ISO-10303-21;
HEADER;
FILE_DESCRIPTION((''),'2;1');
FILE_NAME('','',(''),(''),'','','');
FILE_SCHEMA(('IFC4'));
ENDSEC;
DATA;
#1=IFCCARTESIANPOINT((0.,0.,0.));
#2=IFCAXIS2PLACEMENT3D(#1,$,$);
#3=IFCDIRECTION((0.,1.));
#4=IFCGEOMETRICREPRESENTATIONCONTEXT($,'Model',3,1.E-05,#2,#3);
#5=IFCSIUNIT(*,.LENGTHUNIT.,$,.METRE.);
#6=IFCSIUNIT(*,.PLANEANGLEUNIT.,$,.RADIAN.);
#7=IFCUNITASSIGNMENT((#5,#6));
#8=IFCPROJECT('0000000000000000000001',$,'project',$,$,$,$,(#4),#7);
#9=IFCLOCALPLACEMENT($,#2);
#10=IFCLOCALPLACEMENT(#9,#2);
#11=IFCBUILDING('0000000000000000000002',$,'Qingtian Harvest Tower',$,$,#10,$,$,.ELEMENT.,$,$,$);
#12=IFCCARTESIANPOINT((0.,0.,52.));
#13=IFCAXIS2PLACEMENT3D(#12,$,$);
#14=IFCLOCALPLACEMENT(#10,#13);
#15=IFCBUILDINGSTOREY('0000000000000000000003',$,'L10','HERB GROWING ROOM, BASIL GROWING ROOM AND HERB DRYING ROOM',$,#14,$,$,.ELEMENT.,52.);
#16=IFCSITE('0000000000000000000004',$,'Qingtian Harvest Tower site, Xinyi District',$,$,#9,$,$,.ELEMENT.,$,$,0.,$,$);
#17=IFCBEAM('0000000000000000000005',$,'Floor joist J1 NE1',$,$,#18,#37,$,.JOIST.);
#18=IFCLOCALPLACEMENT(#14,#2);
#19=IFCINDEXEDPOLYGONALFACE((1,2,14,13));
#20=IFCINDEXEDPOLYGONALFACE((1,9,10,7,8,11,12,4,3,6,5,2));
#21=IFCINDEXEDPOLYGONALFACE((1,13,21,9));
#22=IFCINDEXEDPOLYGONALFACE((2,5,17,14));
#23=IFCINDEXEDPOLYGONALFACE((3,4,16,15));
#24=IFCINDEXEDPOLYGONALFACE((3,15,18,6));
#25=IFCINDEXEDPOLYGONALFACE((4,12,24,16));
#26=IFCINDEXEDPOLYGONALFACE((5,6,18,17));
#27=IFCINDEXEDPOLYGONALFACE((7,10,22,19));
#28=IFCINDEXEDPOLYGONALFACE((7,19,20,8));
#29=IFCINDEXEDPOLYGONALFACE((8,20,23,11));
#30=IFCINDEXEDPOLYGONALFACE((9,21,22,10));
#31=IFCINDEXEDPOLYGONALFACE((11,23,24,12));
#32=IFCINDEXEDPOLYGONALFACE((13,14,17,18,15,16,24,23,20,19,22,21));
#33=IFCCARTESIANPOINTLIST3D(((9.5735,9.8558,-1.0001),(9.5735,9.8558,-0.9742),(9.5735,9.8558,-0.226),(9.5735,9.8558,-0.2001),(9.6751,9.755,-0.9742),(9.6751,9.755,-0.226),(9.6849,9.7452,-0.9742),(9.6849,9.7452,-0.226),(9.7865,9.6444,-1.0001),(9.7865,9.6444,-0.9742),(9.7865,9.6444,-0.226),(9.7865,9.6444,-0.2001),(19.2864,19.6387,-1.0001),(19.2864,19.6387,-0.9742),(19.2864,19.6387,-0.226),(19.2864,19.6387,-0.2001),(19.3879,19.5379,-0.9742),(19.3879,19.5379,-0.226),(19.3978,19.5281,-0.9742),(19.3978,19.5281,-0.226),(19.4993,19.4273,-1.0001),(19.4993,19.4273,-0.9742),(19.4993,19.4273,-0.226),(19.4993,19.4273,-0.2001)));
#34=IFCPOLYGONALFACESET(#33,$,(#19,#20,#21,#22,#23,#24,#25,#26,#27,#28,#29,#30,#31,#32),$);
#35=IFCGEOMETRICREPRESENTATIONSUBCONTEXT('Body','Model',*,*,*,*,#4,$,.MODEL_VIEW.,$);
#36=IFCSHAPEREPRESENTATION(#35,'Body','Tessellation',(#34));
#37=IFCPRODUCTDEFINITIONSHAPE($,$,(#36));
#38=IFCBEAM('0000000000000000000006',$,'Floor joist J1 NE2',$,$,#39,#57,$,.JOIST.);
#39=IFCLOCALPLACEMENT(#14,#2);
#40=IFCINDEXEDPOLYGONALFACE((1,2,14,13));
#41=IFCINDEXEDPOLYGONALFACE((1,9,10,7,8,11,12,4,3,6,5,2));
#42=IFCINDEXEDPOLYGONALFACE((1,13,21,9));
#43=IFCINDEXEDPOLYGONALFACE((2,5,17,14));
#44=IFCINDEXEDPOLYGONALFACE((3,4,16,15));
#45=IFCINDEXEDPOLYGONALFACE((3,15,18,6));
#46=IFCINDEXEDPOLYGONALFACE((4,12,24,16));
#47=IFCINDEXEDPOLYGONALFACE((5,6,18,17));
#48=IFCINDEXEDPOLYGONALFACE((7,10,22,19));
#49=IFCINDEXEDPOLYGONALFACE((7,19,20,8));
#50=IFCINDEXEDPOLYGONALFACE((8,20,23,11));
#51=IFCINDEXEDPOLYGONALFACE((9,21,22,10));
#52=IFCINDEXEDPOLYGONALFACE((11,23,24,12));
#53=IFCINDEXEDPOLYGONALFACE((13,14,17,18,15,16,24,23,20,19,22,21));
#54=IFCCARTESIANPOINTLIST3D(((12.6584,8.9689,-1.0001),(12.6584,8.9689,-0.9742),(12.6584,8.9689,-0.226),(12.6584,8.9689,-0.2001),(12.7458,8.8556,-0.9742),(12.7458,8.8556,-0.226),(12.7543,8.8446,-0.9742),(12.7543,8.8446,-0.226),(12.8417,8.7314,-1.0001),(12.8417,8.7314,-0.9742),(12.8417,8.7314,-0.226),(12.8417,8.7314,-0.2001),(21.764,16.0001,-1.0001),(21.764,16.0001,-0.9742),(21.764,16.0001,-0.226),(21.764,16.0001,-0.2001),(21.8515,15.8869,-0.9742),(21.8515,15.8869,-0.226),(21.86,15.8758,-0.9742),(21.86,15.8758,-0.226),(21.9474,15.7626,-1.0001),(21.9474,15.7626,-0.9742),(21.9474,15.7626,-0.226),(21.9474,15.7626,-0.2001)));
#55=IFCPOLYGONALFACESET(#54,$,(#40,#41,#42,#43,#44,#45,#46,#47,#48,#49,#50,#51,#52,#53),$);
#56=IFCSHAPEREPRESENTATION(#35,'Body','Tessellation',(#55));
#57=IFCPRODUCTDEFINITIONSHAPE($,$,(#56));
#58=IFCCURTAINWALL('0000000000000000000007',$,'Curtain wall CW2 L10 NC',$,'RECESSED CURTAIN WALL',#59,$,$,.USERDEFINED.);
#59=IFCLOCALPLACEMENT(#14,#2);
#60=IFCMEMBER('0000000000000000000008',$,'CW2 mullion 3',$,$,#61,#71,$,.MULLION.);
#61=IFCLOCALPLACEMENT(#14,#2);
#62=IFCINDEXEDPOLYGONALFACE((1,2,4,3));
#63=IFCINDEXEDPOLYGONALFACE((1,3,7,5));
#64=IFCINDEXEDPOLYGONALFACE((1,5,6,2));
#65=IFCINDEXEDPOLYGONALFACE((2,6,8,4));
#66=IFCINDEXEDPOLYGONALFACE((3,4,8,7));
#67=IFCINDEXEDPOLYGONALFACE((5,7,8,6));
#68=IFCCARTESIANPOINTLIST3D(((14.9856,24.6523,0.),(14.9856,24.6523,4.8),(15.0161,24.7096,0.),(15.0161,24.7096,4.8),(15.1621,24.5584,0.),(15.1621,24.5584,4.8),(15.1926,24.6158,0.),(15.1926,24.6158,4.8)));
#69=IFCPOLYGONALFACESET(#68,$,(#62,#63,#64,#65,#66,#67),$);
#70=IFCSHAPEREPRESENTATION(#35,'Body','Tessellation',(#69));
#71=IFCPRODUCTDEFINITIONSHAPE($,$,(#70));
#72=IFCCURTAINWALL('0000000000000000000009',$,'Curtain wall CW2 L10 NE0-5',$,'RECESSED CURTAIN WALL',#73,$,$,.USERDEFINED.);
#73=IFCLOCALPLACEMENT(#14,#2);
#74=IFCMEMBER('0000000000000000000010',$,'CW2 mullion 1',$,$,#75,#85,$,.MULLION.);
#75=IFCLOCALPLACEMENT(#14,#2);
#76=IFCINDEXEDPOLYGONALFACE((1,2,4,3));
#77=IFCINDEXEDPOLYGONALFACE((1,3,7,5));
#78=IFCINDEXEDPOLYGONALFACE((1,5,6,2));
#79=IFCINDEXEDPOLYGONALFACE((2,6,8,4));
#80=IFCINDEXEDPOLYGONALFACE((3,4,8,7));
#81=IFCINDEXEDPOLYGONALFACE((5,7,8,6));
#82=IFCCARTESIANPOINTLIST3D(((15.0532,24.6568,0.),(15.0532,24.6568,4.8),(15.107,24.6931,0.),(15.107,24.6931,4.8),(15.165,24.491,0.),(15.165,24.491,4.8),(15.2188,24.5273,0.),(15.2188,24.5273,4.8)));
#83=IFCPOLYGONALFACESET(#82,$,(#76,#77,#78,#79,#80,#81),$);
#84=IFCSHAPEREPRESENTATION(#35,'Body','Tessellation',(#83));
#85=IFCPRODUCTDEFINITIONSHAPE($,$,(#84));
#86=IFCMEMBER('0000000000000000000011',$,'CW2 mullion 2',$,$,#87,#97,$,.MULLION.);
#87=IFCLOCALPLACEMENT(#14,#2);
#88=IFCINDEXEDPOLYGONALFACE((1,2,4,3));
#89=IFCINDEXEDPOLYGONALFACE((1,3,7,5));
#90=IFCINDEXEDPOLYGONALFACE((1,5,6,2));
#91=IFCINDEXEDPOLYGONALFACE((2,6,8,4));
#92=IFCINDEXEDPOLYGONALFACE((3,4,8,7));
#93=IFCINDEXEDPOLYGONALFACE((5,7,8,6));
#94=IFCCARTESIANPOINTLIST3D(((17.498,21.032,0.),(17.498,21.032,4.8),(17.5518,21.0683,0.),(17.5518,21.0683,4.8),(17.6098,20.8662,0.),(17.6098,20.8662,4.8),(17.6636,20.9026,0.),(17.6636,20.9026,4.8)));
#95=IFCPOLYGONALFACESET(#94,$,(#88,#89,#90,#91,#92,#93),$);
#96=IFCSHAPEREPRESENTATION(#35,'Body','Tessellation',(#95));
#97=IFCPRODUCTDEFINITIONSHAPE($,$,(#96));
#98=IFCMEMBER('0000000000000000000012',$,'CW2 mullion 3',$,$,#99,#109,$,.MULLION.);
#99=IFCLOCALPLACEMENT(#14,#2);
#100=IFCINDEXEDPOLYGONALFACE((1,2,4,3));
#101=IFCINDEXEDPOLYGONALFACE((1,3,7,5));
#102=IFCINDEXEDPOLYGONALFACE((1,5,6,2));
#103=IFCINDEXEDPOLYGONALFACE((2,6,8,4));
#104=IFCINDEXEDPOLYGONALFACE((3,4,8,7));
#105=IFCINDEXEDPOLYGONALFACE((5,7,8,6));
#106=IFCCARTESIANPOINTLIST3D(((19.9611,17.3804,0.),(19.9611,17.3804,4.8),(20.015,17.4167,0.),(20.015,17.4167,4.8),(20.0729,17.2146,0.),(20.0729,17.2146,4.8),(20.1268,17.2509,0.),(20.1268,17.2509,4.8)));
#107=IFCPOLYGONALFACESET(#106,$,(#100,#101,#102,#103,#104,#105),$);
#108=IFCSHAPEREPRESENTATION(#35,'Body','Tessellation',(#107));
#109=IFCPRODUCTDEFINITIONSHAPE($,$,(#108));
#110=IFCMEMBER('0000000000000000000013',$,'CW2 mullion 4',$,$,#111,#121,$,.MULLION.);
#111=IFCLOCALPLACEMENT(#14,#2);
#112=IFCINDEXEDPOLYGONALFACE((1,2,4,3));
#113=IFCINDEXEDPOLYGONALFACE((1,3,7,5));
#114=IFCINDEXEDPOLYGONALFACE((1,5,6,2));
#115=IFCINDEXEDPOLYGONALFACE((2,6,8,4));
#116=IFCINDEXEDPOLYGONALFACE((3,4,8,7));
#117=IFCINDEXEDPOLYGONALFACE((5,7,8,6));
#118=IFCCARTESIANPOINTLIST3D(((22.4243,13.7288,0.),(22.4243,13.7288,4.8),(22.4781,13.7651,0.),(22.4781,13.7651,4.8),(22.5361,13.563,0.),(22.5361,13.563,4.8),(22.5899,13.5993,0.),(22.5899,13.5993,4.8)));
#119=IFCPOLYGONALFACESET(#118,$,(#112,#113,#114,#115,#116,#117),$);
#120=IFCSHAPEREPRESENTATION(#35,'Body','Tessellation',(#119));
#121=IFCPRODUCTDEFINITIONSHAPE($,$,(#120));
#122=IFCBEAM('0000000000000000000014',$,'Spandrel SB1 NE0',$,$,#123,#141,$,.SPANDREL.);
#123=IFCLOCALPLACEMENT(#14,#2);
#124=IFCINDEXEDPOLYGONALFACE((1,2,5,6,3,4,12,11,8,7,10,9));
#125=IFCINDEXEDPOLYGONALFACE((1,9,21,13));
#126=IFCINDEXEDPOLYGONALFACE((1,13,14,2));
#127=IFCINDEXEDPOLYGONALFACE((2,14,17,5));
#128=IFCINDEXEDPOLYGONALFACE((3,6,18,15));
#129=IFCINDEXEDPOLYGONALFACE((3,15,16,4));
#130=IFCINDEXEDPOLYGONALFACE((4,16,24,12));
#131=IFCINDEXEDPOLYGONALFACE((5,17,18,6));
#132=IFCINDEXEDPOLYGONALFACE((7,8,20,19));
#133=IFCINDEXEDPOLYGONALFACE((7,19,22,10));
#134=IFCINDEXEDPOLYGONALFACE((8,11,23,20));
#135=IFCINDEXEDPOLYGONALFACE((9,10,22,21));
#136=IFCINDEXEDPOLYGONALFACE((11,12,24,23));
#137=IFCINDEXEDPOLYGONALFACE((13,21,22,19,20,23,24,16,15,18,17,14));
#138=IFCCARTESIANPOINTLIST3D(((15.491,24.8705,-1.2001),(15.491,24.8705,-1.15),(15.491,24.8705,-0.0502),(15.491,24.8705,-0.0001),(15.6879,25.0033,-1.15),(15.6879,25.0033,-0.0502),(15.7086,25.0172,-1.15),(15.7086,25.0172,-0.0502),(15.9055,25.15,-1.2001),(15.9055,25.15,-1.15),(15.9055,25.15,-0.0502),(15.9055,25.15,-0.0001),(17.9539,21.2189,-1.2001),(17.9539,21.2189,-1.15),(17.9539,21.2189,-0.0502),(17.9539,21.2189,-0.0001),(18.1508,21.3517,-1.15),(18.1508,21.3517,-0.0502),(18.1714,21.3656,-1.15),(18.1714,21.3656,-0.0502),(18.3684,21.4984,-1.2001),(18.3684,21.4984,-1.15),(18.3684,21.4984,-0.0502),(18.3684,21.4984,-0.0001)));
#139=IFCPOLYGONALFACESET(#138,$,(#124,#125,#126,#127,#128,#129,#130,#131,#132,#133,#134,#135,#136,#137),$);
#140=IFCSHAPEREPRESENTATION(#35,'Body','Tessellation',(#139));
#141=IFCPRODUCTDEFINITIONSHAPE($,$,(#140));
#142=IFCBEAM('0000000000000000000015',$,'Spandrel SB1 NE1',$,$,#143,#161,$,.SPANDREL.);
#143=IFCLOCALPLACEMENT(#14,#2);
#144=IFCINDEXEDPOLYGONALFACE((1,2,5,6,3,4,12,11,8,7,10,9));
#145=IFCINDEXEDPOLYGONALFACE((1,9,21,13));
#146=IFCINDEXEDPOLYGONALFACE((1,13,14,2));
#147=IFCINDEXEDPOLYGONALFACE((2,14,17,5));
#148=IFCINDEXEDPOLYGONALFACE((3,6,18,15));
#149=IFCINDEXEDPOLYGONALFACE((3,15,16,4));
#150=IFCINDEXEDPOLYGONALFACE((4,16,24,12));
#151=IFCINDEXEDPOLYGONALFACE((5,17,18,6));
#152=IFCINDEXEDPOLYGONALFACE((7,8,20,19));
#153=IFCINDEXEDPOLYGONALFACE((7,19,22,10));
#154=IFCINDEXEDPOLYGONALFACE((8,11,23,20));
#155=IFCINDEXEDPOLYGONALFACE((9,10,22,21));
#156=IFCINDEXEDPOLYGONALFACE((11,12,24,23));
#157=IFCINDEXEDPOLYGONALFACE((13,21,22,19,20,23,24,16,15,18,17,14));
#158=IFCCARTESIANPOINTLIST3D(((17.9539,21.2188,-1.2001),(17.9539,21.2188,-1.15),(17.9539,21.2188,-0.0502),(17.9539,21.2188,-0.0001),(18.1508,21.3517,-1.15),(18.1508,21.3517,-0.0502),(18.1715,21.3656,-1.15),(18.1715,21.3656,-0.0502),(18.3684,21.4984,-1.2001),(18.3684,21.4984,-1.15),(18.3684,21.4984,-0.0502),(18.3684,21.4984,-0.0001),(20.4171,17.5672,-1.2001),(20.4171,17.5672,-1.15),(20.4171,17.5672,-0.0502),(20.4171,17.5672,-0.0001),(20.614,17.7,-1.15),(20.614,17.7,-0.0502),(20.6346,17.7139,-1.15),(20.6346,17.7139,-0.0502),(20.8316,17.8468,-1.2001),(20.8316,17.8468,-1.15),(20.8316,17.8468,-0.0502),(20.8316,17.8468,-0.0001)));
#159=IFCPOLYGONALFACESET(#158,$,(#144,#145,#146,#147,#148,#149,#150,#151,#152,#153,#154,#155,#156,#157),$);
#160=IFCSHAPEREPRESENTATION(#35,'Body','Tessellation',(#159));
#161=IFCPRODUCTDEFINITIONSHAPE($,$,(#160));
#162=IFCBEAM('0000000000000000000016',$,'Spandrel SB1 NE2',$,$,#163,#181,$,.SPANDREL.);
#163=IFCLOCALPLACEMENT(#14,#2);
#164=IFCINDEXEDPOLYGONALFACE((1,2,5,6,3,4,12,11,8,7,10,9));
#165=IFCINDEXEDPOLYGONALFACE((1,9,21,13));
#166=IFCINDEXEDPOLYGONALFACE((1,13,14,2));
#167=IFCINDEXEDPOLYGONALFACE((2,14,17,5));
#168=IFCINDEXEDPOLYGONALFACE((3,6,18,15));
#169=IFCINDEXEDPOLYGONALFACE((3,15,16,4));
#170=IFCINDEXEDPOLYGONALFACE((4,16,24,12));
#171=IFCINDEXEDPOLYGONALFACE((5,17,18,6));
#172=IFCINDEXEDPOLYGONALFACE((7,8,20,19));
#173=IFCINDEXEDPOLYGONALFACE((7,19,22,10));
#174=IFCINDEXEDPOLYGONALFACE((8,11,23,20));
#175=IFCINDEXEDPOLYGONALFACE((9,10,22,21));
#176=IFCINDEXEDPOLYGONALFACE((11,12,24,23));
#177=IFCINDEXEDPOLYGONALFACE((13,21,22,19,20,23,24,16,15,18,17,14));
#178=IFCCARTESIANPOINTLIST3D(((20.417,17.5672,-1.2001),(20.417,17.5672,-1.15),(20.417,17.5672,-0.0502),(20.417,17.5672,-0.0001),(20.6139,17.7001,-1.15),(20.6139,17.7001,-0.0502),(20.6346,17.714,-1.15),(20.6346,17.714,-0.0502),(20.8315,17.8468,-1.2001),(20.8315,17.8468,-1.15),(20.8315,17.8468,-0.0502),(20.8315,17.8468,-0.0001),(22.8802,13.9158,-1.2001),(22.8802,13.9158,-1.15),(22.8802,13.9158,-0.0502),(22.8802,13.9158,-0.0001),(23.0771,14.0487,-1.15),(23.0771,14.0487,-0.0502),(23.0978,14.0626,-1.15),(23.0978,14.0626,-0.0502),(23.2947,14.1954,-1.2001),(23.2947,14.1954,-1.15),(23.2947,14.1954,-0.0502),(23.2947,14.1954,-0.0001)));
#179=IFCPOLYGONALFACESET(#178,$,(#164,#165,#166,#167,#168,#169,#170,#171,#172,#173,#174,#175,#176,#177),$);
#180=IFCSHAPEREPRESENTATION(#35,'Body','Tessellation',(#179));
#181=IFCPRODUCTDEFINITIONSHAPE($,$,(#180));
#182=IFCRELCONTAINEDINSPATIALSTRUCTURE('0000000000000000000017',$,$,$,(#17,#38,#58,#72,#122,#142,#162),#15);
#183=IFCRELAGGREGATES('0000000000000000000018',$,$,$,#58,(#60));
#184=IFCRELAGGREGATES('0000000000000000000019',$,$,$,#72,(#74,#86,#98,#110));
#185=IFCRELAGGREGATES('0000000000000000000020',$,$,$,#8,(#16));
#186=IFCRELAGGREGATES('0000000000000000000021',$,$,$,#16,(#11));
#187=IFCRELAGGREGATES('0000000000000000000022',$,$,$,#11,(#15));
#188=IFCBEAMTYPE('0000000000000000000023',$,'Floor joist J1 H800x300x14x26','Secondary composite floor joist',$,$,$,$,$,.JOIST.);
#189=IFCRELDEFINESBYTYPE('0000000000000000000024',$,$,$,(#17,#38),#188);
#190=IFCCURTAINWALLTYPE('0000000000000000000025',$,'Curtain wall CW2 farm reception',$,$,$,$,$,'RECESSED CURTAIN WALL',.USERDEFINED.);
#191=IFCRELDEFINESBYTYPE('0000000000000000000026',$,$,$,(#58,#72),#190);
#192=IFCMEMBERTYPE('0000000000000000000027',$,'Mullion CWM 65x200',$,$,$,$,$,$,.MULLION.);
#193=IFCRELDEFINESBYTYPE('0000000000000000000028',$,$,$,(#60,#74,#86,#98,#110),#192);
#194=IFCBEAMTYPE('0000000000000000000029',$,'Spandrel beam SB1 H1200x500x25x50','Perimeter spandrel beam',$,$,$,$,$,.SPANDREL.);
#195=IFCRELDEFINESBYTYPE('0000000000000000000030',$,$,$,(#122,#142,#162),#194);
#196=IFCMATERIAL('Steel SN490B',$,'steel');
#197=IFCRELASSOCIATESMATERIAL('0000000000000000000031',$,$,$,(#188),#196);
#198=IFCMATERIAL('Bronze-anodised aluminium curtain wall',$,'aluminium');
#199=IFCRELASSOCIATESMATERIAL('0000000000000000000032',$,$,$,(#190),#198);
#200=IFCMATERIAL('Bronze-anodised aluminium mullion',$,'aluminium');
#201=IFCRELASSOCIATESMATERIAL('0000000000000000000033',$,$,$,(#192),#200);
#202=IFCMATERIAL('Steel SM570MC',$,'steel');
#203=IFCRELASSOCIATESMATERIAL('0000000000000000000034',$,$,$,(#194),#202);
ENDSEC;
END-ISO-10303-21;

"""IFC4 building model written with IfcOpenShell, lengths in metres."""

from ifc_helpers import new_model, si_unit, direction, frame, origin, origin_2d, place, context, subcontext, project, spatial, rectangle, i_section, extrude, material, material_profile, profile_set, type_object, element, aggregate, save


model = new_model("IFC4")

# Units and contexts
model_context = context("Model", 3, precision=1e-05, world=origin(), true_north=direction((0.0, 1.0)))
body_context = subcontext(model_context, "Body", "Model", "MODEL_VIEW")
ifc_project = project(units=[si_unit("LENGTHUNIT", "METRE"), si_unit("PLANEANGLEUNIT", "RADIAN")], contexts=[model_context])

# Site, building, storey
site_placement = place(None, origin())
site = spatial("IfcSite", under=ifc_project, at=site_placement, Name="Qingtian Harvest Tower site, Xinyi District", CompositionType="ELEMENT", RefElevation=0.0)
building_placement = place(site_placement, origin())
building = spatial("IfcBuilding", under=site, at=building_placement, Name="Qingtian Harvest Tower", CompositionType="ELEMENT")
storey_placement = place(building_placement, frame((0.0, 0.0, 52.0)))
storey = spatial("IfcBuildingStorey", under=building, at=storey_placement, Name="L10", Description="HERB GROWING ROOM, BASIL GROWING ROOM AND HERB DRYING ROOM", CompositionType="ELEMENT", Elevation=52.0)

# Beams
ifc_material_1 = material(Name="Steel SN490B", Category="steel")
ifc_material_profile_1 = material_profile(ifc_material_1, i_section(OverallWidth=0.3, OverallDepth=0.8, WebThickness=0.0139, FlangeThickness=0.0259, at=origin_2d()), Name="H800x300x14x26")
ifc_profile_set_1 = profile_set([ifc_material_profile_1], Name="Steel SN490B")
beam_type_1 = type_object("IfcBeamType", Name="Floor joist J1 H800x300x14x26", Description="Secondary composite floor joist", PredefinedType="JOIST", material=ifc_profile_set_1)
beam_1_placement = place(storey_placement, frame((19.3928, 19.533, -0.6001), z_axis=(-0.704561, -0.709644, 0.0), x_axis=(0.709644, -0.704561, 0.0)))
element("IfcBeam", 1, at=beam_1_placement, inside=storey, type_object=beam_type_1, Name="Floor joist J1 NE1", PredefinedType="JOIST", context=body_context, shape_type="SweptSolid", body=[
    extrude(i_section(OverallWidth=0.3, OverallDepth=0.8, WebThickness=0.0139, FlangeThickness=0.0259, at=origin_2d()), origin(), (0.0, 0.0, 1.0), 13.7856),
])
beam_2_placement = place(storey_placement, frame((21.8557, 15.8813, -0.6001), z_axis=(-0.791495, -0.611176, 0.0), x_axis=(0.611176, -0.791495, 0.0)))
element("IfcBeam", 2, at=beam_2_placement, inside=storey, type_object=beam_type_1, Name="Floor joist J1 NE2", PredefinedType="JOIST", context=body_context, shape_type="SweptSolid", body=[
    extrude(i_section(OverallWidth=0.3, OverallDepth=0.8, WebThickness=0.0139, FlangeThickness=0.0259, at=origin_2d()), origin(), (0.0, 0.0, 1.0), 11.5044),
])

# Curtain wall, member
ifc_material_2 = material(Name="Bronze-anodised aluminium curtain wall", Category="aluminium")
curtain_wall_type = type_object("IfcCurtainWallType", Name="Curtain wall CW2 farm reception", ElementType="RECESSED CURTAIN WALL", PredefinedType="USERDEFINED", material=ifc_material_2)
curtain_wall_1_placement = place(storey_placement, origin())
curtain_wall_1 = element("IfcCurtainWall", 3, at=curtain_wall_1_placement, inside=storey, type_object=curtain_wall_type, Name="Curtain wall CW2 L10 NC", ObjectType="RECESSED CURTAIN WALL", PredefinedType="USERDEFINED")
ifc_material_3 = material(Name="Bronze-anodised aluminium mullion", Category="aluminium")
ifc_material_profile_2 = material_profile(ifc_material_3, rectangle(XDim=0.0649, YDim=0.2, at=origin_2d()), Name="AL 65x200")
ifc_profile_set_2 = profile_set([ifc_material_profile_2], Name="Bronze-anodised aluminium mullion")
member_type_1 = type_object("IfcMemberType", Name="Mullion CWM 65x200", PredefinedType="MULLION", material=ifc_profile_set_2)
member_1_placement = place(storey_placement, frame((15.0891, 24.634, 0.0), z_axis=(0.0, 0.0, 1.0), x_axis=(0.469472, 0.882948, 0.0)))
member_1 = element("IfcMember", 4, at=member_1_placement, type_object=member_type_1, Name="CW2 mullion 3", PredefinedType="MULLION", context=body_context, shape_type="SweptSolid", body=[
    extrude(rectangle(XDim=0.0649, YDim=0.2, at=origin_2d()), origin(), (0.0, 0.0, 1.0), 4.8),
])

# Curtain wall, members
curtain_wall_2_placement = place(storey_placement, origin())
curtain_wall_2 = element("IfcCurtainWall", 5, at=curtain_wall_2_placement, inside=storey, type_object=curtain_wall_type, Name="Curtain wall CW2 L10 NE0-5", ObjectType="RECESSED CURTAIN WALL", PredefinedType="USERDEFINED")
member_2_placement = place(storey_placement, frame((15.136, 24.592, 0.0), z_axis=(0.0, 0.0, 1.0), x_axis=(0.829038, 0.559193, 0.0)))
member_2 = element("IfcMember", 6, at=member_2_placement, type_object=member_type_1, Name="CW2 mullion 1", PredefinedType="MULLION", context=body_context, shape_type="SweptSolid", body=[
    extrude(rectangle(XDim=0.0649, YDim=0.2, at=origin_2d()), origin(), (0.0, 0.0, 1.0), 4.8),
])
member_3_placement = place(storey_placement, frame((17.5808, 20.9673, 0.0), z_axis=(0.0, 0.0, 1.0), x_axis=(0.829038, 0.559193, 0.0)))
member_3 = element("IfcMember", 7, at=member_3_placement, type_object=member_type_1, Name="CW2 mullion 2", PredefinedType="MULLION", context=body_context, shape_type="SweptSolid", body=[
    extrude(rectangle(XDim=0.0649, YDim=0.2, at=origin_2d()), origin(), (0.0, 0.0, 1.0), 4.8),
])
member_4_placement = place(storey_placement, frame((20.0439, 17.3157, 0.0), z_axis=(0.0, 0.0, 1.0), x_axis=(0.829038, 0.559193, 0.0)))
member_4 = element("IfcMember", 8, at=member_4_placement, type_object=member_type_1, Name="CW2 mullion 3", PredefinedType="MULLION", context=body_context, shape_type="SweptSolid", body=[
    extrude(rectangle(XDim=0.0649, YDim=0.2, at=origin_2d()), origin(), (0.0, 0.0, 1.0), 4.8),
])
member_5_placement = place(storey_placement, frame((22.5071, 13.6641, 0.0), z_axis=(0.0, 0.0, 1.0), x_axis=(0.829038, 0.559193, 0.0)))
member_5 = element("IfcMember", 9, at=member_5_placement, type_object=member_type_1, Name="CW2 mullion 4", PredefinedType="MULLION", context=body_context, shape_type="SweptSolid", body=[
    extrude(rectangle(XDim=0.0649, YDim=0.2, at=origin_2d()), origin(), (0.0, 0.0, 1.0), 4.8),
])

# Beams
ifc_material_4 = material(Name="Steel SM570MC", Category="steel")
ifc_material_profile_3 = material_profile(ifc_material_4, i_section(OverallWidth=0.5, OverallDepth=1.2, WebThickness=0.0249, FlangeThickness=0.05, at=origin_2d()), Name="H1200x500x25x50")
ifc_profile_set_3 = profile_set([ifc_material_profile_3], Name="Steel SM570MC")
beam_type_2 = type_object("IfcBeamType", Name="Spandrel beam SB1 H1200x500x25x50", Description="Perimeter spandrel beam", PredefinedType="SPANDREL", material=ifc_profile_set_3)
beam_3_placement = place(storey_placement, frame((15.6982, 25.0103, -0.6001), z_axis=(0.559169, -0.829054, 0.0), x_axis=(0.829054, 0.559169, 0.0)))
element("IfcBeam", 10, at=beam_3_placement, inside=storey, type_object=beam_type_2, Name="Spandrel SB1 NE0", PredefinedType="SPANDREL", context=body_context, shape_type="SweptSolid", body=[
    extrude(i_section(OverallWidth=0.5, OverallDepth=1.2, WebThickness=0.0249, FlangeThickness=0.05, at=origin_2d()), origin(), (0.0, 0.0, 1.0), 4.4045),
])
beam_4_placement = place(storey_placement, frame((18.1611, 21.3586, -0.6001), z_axis=(0.559207, -0.829028, 0.0), x_axis=(0.829028, 0.559207, 0.0)))
element("IfcBeam", 11, at=beam_4_placement, inside=storey, type_object=beam_type_2, Name="Spandrel SB1 NE1", PredefinedType="SPANDREL", context=body_context, shape_type="SweptSolid", body=[
    extrude(i_section(OverallWidth=0.5, OverallDepth=1.2, WebThickness=0.0249, FlangeThickness=0.05, at=origin_2d()), origin(), (0.0, 0.0, 1.0), 4.4048),
])
for number, where, z_axis, x_axis, name in (
    (12, (20.6243, 17.707, -0.6001), (0.559233, -0.829011, 0.0), (0.829011, 0.559233, 0.0), "Spandrel SB1 NE2"),
):
    element("IfcBeam", number, at=place(storey_placement, frame(where, z_axis=z_axis, x_axis=x_axis)), inside=storey, type_object=beam_type_2, Name=name, PredefinedType="SPANDREL", context=body_context, shape_type="SweptSolid", body=[
        extrude(i_section(OverallWidth=0.5, OverallDepth=1.2, WebThickness=0.0249, FlangeThickness=0.05, at=origin_2d()), origin(), (0.0, 0.0, 1.0), 4.4045),
    ])

aggregate(curtain_wall_1, [member_1])
aggregate(curtain_wall_2, [member_2, member_3, member_4, member_5])

save(model, "model.ifc")
